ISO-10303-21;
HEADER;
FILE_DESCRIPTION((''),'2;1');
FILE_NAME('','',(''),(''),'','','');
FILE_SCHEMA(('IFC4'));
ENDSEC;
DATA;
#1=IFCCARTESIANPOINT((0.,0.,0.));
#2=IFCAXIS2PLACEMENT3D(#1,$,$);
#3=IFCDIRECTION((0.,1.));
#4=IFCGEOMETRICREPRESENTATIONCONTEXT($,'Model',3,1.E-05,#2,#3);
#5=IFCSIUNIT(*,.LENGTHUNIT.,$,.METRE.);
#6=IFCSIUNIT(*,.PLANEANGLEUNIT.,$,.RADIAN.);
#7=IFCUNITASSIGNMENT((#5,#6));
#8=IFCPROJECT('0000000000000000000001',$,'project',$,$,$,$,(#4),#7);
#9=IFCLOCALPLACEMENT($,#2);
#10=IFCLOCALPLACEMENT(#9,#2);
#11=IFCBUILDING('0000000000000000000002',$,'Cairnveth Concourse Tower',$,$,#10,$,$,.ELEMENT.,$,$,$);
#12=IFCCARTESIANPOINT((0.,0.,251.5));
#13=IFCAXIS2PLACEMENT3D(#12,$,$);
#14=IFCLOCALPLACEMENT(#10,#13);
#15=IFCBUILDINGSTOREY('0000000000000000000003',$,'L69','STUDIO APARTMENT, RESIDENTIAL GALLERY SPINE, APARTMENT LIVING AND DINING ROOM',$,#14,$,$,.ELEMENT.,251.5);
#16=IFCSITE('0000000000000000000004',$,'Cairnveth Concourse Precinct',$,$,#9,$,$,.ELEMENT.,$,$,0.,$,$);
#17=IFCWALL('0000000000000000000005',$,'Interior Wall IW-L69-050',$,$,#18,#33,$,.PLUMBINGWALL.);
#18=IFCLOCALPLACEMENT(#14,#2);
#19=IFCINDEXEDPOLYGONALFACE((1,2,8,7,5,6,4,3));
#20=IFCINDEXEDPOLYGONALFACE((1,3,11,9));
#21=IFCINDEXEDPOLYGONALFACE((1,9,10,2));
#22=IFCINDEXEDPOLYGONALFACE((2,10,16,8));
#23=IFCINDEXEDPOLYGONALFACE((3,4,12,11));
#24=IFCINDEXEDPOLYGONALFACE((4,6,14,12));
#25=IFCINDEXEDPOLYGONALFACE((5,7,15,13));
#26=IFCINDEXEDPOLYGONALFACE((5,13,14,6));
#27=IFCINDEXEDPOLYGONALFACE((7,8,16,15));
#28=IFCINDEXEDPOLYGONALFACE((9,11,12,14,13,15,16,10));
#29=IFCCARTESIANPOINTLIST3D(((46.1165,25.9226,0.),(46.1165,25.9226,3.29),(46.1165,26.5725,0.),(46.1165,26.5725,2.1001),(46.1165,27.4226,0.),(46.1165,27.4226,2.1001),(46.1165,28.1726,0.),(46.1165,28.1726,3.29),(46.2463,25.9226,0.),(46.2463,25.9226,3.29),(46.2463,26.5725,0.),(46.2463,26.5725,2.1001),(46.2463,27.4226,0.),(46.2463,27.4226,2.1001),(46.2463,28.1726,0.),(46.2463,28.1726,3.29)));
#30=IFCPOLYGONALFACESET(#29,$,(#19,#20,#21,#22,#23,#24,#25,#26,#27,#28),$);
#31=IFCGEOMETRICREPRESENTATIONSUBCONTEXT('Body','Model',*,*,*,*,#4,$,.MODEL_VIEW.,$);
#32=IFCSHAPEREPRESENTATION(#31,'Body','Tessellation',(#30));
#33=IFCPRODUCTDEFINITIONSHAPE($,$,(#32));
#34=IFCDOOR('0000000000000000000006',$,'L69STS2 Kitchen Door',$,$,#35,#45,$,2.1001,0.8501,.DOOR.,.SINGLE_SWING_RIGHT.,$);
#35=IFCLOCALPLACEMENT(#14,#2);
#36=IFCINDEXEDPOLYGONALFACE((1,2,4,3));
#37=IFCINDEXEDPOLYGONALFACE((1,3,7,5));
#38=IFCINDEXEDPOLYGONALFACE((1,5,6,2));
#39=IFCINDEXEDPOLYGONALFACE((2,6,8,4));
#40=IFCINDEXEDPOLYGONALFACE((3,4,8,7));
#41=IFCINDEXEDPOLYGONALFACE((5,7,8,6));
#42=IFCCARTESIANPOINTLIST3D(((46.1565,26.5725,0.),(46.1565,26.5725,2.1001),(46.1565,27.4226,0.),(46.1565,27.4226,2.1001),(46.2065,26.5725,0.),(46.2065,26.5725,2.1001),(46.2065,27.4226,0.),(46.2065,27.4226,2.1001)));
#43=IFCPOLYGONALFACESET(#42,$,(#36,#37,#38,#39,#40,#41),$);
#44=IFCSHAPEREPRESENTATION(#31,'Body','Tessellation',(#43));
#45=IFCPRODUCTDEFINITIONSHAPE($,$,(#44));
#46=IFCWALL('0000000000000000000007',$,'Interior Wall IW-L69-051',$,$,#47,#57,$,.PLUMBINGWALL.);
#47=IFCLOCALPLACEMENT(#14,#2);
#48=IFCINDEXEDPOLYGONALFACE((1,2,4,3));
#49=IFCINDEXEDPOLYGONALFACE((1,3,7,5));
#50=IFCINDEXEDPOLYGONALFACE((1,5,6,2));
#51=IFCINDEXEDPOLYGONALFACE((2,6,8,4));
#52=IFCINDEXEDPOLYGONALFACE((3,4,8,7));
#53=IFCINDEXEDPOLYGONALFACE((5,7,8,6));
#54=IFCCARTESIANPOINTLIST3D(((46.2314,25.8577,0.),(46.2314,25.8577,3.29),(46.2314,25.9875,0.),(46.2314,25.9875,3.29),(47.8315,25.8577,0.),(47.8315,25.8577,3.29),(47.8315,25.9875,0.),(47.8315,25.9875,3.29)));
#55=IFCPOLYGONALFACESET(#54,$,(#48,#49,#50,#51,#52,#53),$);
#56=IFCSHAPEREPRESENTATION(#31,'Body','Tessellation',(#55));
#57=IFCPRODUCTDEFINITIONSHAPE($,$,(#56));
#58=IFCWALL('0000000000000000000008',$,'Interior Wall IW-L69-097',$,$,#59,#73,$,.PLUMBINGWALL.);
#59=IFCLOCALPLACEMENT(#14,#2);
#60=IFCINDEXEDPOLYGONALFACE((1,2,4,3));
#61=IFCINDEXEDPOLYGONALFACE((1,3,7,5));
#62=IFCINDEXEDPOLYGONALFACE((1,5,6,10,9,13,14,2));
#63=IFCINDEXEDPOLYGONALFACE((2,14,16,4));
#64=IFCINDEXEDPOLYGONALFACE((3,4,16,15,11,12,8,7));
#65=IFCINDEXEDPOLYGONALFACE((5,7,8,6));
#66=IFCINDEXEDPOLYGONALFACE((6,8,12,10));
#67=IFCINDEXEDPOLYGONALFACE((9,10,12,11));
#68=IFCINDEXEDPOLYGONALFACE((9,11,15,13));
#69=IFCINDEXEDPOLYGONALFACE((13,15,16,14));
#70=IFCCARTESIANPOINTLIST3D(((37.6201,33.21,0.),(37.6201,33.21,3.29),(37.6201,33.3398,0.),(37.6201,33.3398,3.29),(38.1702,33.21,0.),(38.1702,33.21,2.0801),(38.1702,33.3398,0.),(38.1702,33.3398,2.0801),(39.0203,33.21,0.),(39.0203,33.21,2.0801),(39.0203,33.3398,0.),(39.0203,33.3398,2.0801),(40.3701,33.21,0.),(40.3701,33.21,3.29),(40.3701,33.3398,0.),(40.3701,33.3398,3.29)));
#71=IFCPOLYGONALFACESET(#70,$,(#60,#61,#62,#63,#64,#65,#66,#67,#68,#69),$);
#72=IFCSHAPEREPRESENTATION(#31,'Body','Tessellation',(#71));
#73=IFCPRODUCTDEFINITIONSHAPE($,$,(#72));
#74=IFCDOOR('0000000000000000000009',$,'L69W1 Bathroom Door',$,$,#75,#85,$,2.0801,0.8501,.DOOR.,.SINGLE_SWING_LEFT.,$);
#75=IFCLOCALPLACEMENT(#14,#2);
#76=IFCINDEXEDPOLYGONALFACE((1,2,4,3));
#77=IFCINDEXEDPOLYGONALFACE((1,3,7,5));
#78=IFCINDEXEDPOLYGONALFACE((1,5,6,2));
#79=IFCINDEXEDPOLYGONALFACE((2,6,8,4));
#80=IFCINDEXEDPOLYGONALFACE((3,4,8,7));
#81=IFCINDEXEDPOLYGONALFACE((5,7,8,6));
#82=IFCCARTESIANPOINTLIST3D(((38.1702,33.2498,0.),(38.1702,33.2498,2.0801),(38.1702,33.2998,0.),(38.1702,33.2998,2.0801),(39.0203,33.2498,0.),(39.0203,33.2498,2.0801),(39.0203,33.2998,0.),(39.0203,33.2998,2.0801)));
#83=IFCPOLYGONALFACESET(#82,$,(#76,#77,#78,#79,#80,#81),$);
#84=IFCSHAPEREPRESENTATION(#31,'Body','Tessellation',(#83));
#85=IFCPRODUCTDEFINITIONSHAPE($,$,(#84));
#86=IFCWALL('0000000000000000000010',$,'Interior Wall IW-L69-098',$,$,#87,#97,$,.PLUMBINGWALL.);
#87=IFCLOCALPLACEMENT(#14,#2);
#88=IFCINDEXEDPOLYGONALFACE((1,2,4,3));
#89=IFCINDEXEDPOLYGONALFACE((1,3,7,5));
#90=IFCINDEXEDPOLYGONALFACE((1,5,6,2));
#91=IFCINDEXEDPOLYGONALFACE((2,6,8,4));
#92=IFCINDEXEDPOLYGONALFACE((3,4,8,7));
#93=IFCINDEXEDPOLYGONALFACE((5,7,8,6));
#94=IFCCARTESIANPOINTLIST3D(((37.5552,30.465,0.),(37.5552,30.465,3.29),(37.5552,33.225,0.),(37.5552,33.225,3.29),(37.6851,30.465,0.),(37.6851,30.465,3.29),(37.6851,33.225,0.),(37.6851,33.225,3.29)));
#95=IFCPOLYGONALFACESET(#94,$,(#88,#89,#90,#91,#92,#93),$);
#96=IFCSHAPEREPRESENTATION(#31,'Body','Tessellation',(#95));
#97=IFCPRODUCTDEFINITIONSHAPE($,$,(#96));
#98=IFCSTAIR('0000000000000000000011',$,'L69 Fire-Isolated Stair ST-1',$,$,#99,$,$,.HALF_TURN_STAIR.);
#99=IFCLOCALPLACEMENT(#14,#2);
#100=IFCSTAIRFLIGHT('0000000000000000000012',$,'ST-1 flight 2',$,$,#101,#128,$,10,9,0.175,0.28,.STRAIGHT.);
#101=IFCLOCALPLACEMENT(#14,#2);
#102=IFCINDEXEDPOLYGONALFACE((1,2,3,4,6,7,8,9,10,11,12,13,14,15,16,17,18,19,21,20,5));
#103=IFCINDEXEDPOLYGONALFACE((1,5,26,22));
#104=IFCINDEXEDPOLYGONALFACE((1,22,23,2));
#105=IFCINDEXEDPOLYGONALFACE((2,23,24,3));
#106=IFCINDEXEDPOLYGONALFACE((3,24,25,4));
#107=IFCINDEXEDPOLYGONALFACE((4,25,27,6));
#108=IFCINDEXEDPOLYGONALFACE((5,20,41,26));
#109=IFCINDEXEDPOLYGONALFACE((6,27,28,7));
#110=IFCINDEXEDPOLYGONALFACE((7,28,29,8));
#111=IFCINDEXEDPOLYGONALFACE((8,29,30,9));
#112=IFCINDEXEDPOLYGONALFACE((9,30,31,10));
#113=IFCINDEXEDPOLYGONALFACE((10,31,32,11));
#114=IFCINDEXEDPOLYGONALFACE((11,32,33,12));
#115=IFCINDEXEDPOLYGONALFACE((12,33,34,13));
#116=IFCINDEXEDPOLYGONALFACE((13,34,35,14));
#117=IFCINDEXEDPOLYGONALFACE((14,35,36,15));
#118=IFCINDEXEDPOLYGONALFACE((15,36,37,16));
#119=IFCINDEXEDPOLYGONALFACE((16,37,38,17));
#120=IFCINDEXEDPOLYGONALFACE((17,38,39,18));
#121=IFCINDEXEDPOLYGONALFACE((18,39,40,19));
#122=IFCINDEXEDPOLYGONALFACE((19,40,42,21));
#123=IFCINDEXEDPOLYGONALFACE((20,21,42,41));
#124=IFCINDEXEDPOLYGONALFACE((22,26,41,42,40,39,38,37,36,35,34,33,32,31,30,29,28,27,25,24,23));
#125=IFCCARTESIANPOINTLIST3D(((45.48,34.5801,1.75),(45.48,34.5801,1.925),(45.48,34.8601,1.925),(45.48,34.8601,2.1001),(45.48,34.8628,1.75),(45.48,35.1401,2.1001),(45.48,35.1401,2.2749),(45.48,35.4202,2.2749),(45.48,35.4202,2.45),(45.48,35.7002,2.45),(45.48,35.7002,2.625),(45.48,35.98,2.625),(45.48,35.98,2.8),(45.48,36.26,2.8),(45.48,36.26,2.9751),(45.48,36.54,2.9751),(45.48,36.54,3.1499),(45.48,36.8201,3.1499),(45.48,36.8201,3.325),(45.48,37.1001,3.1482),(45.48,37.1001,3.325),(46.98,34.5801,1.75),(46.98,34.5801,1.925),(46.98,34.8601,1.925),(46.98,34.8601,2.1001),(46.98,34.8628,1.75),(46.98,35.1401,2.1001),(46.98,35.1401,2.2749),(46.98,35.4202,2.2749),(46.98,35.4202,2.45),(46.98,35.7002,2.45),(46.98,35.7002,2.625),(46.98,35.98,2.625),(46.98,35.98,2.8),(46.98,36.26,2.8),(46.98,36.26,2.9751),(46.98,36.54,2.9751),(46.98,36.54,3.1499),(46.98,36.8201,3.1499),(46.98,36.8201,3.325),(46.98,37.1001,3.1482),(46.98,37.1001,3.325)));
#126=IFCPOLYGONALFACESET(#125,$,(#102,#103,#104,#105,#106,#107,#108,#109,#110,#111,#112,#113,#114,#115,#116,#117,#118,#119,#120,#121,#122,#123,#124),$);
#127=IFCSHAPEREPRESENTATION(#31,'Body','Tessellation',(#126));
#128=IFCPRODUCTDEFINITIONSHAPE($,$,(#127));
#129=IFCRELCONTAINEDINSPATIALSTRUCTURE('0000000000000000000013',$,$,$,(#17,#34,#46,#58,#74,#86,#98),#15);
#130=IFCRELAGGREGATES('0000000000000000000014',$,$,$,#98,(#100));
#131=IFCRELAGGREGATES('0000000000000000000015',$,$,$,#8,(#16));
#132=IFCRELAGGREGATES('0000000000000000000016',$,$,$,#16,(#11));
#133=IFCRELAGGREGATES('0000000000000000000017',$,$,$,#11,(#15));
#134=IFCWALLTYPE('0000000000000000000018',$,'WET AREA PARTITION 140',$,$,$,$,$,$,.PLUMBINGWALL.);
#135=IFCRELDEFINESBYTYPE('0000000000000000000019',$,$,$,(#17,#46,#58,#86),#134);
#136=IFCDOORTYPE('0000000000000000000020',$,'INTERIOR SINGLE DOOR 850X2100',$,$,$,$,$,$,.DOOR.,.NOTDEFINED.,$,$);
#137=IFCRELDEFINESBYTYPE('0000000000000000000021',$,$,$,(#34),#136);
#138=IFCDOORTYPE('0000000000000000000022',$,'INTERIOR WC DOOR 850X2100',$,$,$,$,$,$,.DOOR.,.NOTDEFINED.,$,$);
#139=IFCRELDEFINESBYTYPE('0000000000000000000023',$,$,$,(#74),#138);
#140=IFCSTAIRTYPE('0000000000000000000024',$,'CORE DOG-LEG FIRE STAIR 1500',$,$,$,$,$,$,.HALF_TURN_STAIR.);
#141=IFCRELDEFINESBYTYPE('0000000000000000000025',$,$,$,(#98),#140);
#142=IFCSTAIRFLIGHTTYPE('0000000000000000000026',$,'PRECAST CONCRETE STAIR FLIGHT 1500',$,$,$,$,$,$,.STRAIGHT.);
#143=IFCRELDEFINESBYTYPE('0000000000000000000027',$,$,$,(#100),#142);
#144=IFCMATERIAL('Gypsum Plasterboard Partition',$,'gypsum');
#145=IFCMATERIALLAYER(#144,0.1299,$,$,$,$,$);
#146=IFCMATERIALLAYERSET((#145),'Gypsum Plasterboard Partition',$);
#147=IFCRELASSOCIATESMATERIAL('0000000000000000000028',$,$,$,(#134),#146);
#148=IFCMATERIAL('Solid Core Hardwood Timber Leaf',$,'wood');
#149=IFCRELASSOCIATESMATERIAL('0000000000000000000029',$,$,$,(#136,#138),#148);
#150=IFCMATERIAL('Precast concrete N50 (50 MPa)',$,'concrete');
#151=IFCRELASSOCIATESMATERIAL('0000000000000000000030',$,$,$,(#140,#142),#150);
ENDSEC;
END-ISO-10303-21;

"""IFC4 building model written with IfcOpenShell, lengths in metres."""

from ifc_helpers import new_model, si_unit, direction, frame, frame_2d, origin, place, context, subcontext, project, spatial, polyline, rectangle, outline, extrude, material, layer, layer_set, type_object, element, fill, aggregate, save


model = new_model("IFC4")

# Units and contexts
model_context = context("Model", 3, precision=1e-05, world=origin(), true_north=direction((0.0, 1.0)))
body_context = subcontext(model_context, "Body", "Model", "MODEL_VIEW")
ifc_project = project(units=[si_unit("LENGTHUNIT", "METRE"), si_unit("PLANEANGLEUNIT", "RADIAN")], contexts=[model_context])

# Site, building, storey
site_placement = place(None, origin())
site = spatial("IfcSite", under=ifc_project, at=site_placement, Name="Cairnveth Concourse Precinct", CompositionType="ELEMENT", RefElevation=0.0)
building_placement = place(site_placement, origin())
building = spatial("IfcBuilding", under=site, at=building_placement, Name="Cairnveth Concourse Tower", CompositionType="ELEMENT")
storey_placement = place(building_placement, frame((0.0, 0.0, 251.5)))
storey = spatial("IfcBuildingStorey", under=building, at=storey_placement, Name="L69", Description="STUDIO APARTMENT, RESIDENTIAL GALLERY SPINE, APARTMENT LIVING AND DINING ROOM", CompositionType="ELEMENT", Elevation=251.5)

# Shared definitions
ifc_material_1 = material(Name="Gypsum Plasterboard Partition", Category="gypsum")

# Shared definitions
ifc_material_2 = material(Name="Solid Core Hardwood Timber Leaf", Category="wood")

# Shared definitions
ifc_layer_1 = layer(ifc_material_1, 0.1299)
ifc_layer_set_1 = layer_set([ifc_layer_1], Name="Gypsum Plasterboard Partition")
wall_type_1 = type_object("IfcWallType", Name="WET AREA PARTITION 140", PredefinedType="PLUMBINGWALL", material=ifc_layer_set_1)

# Wall, opening, door
wall_1_placement = place(storey_placement, frame((46.1814, 25.9226, 0.0), z_axis=(0.0, 0.0, 1.0), x_axis=(0.0, 1.0, 0.0)))
wall_1 = element("IfcWall", 1, at=wall_1_placement, inside=storey, type_object=wall_type_1, Name="Interior Wall IW-L69-050", PredefinedType="PLUMBINGWALL", context=body_context, shape_type="SweptSolid", body=[
    extrude(rectangle(XDim=2.25, YDim=0.1299, at=frame_2d((1.125, 0.0))), origin(), (0.0, 0.0, 1.0), 3.29),
])
opening_1_placement = place(wall_1_placement, frame((0.6499, 0.0, 0.0)))
opening_1 = element("IfcOpeningElement", 2, at=opening_1_placement, cuts=wall_1, PredefinedType="OPENING", context=body_context, shape_type="SweptSolid", body=[
    extrude(rectangle(XDim=0.8501, YDim=2.1001, at=frame_2d((0.425, 1.05))), frame((0.0, 0.075, 0.0), z_axis=(0.0, -1.0, 0.0), x_axis=(1.0, 0.0, 0.0)), (0.0, 0.0, 1.0), 0.1499),
])
door_type_1 = type_object("IfcDoorType", Name="INTERIOR SINGLE DOOR 850X2100", OperationType="NOTDEFINED", PredefinedType="DOOR", material=ifc_material_2)
door_1_placement = place(opening_1_placement, origin())
door_1 = element("IfcDoor", 3, at=door_1_placement, inside=storey, type_object=door_type_1, Name="L69STS2 Kitchen Door", OperationType="SINGLE_SWING_RIGHT", OverallHeight=2.1001, OverallWidth=0.8501, PredefinedType="DOOR", context=body_context, shape_type="SweptSolid", body=[
    extrude(rectangle(XDim=0.8501, YDim=2.1001, at=frame_2d((0.425, 1.05))), frame((0.0, 0.0249, 0.0), z_axis=(0.0, -1.0, 0.0), x_axis=(1.0, 0.0, 0.0)), (0.0, 0.0, 1.0), 0.05),
])
fill(opening_1, door_1)

# Wall
wall_2_placement = place(storey_placement, frame((46.2314, 25.9226, 0.0), z_axis=(0.0, 0.0, 1.0), x_axis=(1.0, 0.0, 0.0)))
element("IfcWall", 4, at=wall_2_placement, inside=storey, type_object=wall_type_1, Name="Interior Wall IW-L69-051", PredefinedType="PLUMBINGWALL", context=body_context, shape_type="SweptSolid", body=[
    extrude(rectangle(XDim=1.6001, YDim=0.1299, at=frame_2d((0.8, 0.0))), origin(), (0.0, 0.0, 1.0), 3.29),
])

# Wall, opening, door
wall_3_placement = place(storey_placement, frame((37.6201, 33.2749, 0.0), z_axis=(0.0, 0.0, 1.0), x_axis=(1.0, 0.0, 0.0)))
wall_3 = element("IfcWall", 5, at=wall_3_placement, inside=storey, type_object=wall_type_1, Name="Interior Wall IW-L69-097", PredefinedType="PLUMBINGWALL", context=body_context, shape_type="SweptSolid", body=[
    extrude(rectangle(XDim=2.75, YDim=0.1299, at=frame_2d((1.375, 0.0))), origin(), (0.0, 0.0, 1.0), 3.29),
])
opening_2_placement = place(wall_3_placement, frame((0.55, 0.0, 0.0)))
opening_2 = element("IfcOpeningElement", 6, at=opening_2_placement, cuts=wall_3, PredefinedType="OPENING", context=body_context, shape_type="SweptSolid", body=[
    extrude(rectangle(XDim=0.8501, YDim=2.0801, at=frame_2d((0.425, 1.04))), frame((0.0, 0.075, 0.0), z_axis=(0.0, -1.0, 0.0), x_axis=(1.0, 0.0, 0.0)), (0.0, 0.0, 1.0), 0.1499),
])
door_type_2 = type_object("IfcDoorType", Name="INTERIOR WC DOOR 850X2100", OperationType="NOTDEFINED", PredefinedType="DOOR", material=ifc_material_2)
door_2_placement = place(opening_2_placement, origin())
door_2 = element("IfcDoor", 7, at=door_2_placement, inside=storey, type_object=door_type_2, Name="L69W1 Bathroom Door", OperationType="SINGLE_SWING_LEFT", OverallHeight=2.0801, OverallWidth=0.8501, PredefinedType="DOOR", context=body_context, shape_type="SweptSolid", body=[
    extrude(rectangle(XDim=0.8501, YDim=2.0801, at=frame_2d((0.425, 1.04))), frame((0.0, 0.0249, 0.0), z_axis=(0.0, -1.0, 0.0), x_axis=(1.0, 0.0, 0.0)), (0.0, 0.0, 1.0), 0.05),
])
fill(opening_2, door_2)

# Wall
wall_4_placement = place(storey_placement, frame((37.6201, 30.4651, 0.0), z_axis=(0.0, 0.0, 1.0), x_axis=(0.0, 1.0, 0.0)))
element("IfcWall", 8, at=wall_4_placement, inside=storey, type_object=wall_type_1, Name="Interior Wall IW-L69-098", PredefinedType="PLUMBINGWALL", context=body_context, shape_type="SweptSolid", body=[
    extrude(rectangle(XDim=2.76, YDim=0.1299, at=frame_2d((1.3799, 0.0))), origin(), (0.0, 0.0, 1.0), 3.29),
])

# Stair, stair flight
ifc_material_3 = material(Name="Precast concrete N50 (50 MPa)", Category="concrete")
stair_type = type_object("IfcStairType", Name="CORE DOG-LEG FIRE STAIR 1500", PredefinedType="HALF_TURN_STAIR", material=ifc_material_3)
stair_placement = place(storey_placement, origin())
stair = element("IfcStair", 9, at=stair_placement, inside=storey, type_object=stair_type, Name="L69 Fire-Isolated Stair ST-1", PredefinedType="HALF_TURN_STAIR")
stair_flight_type = type_object("IfcStairFlightType", Name="PRECAST CONCRETE STAIR FLIGHT 1500", PredefinedType="STRAIGHT", material=ifc_material_3)
stair_flight_placement = place(storey_placement, frame((46.23, 34.5801, 1.75), z_axis=(0.0, 0.0, 1.0), x_axis=(0.0, 1.0, 0.0)))
stair_flight = element("IfcStairFlight", 10, at=stair_flight_placement, type_object=stair_flight_type, Name="ST-1 flight 2", NumberOfRisers=10, NumberOfTreads=9, PredefinedType="STRAIGHT", RiserHeight=0.175, TreadLength=0.28, context=body_context, shape_type="SweptSolid", body=[
    extrude(outline(polyline([(0.0, 0.0), (0.0, 0.175), (0.28, 0.175), (0.28, 0.3501), (0.5601, 0.3501), (0.5601, 0.5249), (0.8401, 0.5249), (0.8401, 0.7), (1.1201, 0.7), (1.1201, 0.875), (1.3999, 0.875), (1.3999, 1.05), (1.6799, 1.05), (1.6799, 1.2251), (1.96, 1.2251), (1.96, 1.3999), (2.24, 1.3999), (2.24, 1.575), (2.52, 1.575), (2.52, 1.75), (2.52, 1.3982), (0.2827, 0.0), (0.0, 0.0)])), frame((0.0, 0.75, 0.0), z_axis=(0.0, -1.0, 0.0), x_axis=(1.0, 0.0, 0.0)), (0.0, 0.0, 1.0), 1.5),
])
aggregate(stair, [stair_flight])

save(model, "model.ifc")
